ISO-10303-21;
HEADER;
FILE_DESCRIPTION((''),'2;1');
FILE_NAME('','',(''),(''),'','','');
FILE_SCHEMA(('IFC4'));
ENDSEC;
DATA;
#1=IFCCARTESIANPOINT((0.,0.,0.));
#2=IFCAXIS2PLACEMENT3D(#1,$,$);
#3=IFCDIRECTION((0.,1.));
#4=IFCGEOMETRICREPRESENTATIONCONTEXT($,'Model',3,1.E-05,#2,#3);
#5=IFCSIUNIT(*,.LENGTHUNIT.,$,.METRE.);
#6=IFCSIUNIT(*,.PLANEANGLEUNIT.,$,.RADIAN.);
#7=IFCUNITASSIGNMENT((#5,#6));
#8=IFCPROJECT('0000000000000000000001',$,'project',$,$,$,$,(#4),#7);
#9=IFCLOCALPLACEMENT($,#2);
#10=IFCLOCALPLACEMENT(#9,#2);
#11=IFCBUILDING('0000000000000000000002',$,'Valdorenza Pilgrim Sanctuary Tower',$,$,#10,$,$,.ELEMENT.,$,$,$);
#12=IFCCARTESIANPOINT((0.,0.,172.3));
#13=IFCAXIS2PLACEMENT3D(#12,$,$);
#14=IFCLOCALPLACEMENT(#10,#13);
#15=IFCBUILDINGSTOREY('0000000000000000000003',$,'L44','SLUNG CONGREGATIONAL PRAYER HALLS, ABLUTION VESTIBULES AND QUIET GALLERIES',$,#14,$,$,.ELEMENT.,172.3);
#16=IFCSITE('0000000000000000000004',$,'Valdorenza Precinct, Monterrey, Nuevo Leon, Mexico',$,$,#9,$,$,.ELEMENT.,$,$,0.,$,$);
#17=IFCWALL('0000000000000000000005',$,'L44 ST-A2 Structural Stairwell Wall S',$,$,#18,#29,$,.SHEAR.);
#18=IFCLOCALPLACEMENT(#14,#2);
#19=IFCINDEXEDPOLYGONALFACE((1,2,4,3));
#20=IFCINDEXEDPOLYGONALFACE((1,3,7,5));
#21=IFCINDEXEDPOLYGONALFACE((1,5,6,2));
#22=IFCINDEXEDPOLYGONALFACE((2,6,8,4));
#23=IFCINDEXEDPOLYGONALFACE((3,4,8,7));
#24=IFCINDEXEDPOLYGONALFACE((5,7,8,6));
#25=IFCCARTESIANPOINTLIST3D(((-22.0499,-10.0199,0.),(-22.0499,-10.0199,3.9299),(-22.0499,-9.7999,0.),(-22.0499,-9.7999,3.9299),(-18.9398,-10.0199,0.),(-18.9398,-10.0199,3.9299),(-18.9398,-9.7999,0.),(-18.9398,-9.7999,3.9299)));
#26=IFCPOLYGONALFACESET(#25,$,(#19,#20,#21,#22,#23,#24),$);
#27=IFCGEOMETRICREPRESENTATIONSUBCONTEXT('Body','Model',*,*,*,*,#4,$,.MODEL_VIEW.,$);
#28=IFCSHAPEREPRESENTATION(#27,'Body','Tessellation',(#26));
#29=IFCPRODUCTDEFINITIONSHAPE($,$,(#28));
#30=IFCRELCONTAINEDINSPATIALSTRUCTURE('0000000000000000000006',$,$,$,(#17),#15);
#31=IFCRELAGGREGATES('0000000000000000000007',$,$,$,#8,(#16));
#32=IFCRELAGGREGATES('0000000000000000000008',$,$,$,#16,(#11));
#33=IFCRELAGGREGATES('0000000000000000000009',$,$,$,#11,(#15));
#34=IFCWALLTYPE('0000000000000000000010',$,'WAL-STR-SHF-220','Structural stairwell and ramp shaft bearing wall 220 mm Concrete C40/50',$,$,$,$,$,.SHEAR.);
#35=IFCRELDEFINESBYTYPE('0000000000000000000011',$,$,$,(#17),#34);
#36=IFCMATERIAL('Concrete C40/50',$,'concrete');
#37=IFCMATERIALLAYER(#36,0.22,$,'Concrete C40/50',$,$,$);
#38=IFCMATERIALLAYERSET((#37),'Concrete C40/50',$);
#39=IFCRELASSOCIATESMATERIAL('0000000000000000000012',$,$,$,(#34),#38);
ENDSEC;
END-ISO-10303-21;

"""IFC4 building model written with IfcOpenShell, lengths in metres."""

from ifc_helpers import new_model, si_unit, direction, frame, frame_2d, origin, place, context, subcontext, project, spatial, rectangle, extrude, material, layer, layer_set, type_object, element, save


model = new_model("IFC4")

# Units and contexts
model_context = context("Model", 3, precision=1e-05, world=origin(), true_north=direction((0.0, 1.0)))
body_context = subcontext(model_context, "Body", "Model", "MODEL_VIEW")
ifc_project = project(units=[si_unit("LENGTHUNIT", "METRE"), si_unit("PLANEANGLEUNIT", "RADIAN")], contexts=[model_context])

# Site, building, storey
site_placement = place(None, origin())
site = spatial("IfcSite", under=ifc_project, at=site_placement, Name="Valdorenza Precinct, Monterrey, Nuevo Leon, Mexico", CompositionType="ELEMENT", RefElevation=0.0)
building_placement = place(site_placement, origin())
building = spatial("IfcBuilding", under=site, at=building_placement, Name="Valdorenza Pilgrim Sanctuary Tower", CompositionType="ELEMENT")
storey_placement = place(building_placement, frame((0.0, 0.0, 172.3)))
storey = spatial("IfcBuildingStorey", under=building, at=storey_placement, Name="L44", Description="SLUNG CONGREGATIONAL PRAYER HALLS, ABLUTION VESTIBULES AND QUIET GALLERIES", CompositionType="ELEMENT", Elevation=172.3)

# Wall
ifc_material_1 = material(Name="Concrete C40/50", Category="concrete")
ifc_layer_1 = layer(ifc_material_1, 0.22, Name="Concrete C40/50")
ifc_layer_set_1 = layer_set([ifc_layer_1], Name="Concrete C40/50")
wall_type_1 = type_object("IfcWallType", Name="WAL-STR-SHF-220", Description="Structural stairwell and ramp shaft bearing wall 220 mm Concrete C40/50", PredefinedType="SHEAR", material=ifc_layer_set_1)
wall_1_placement = place(storey_placement, frame((-22.05, -9.9099, 0.0), z_axis=(0.0, 0.0, 1.0), x_axis=(1.0, 0.0, 0.0)))
element("IfcWall", 1, at=wall_1_placement, inside=storey, type_object=wall_type_1, Name="L44 ST-A2 Structural Stairwell Wall S", PredefinedType="SHEAR", context=body_context, shape_type="SweptSolid", body=[
    extrude(rectangle(XDim=3.1101, YDim=0.22, at=frame_2d((1.5552, 0.0))), origin(), (0.0, 0.0, 1.0), 3.9299),
])

save(model, "model.ifc")
